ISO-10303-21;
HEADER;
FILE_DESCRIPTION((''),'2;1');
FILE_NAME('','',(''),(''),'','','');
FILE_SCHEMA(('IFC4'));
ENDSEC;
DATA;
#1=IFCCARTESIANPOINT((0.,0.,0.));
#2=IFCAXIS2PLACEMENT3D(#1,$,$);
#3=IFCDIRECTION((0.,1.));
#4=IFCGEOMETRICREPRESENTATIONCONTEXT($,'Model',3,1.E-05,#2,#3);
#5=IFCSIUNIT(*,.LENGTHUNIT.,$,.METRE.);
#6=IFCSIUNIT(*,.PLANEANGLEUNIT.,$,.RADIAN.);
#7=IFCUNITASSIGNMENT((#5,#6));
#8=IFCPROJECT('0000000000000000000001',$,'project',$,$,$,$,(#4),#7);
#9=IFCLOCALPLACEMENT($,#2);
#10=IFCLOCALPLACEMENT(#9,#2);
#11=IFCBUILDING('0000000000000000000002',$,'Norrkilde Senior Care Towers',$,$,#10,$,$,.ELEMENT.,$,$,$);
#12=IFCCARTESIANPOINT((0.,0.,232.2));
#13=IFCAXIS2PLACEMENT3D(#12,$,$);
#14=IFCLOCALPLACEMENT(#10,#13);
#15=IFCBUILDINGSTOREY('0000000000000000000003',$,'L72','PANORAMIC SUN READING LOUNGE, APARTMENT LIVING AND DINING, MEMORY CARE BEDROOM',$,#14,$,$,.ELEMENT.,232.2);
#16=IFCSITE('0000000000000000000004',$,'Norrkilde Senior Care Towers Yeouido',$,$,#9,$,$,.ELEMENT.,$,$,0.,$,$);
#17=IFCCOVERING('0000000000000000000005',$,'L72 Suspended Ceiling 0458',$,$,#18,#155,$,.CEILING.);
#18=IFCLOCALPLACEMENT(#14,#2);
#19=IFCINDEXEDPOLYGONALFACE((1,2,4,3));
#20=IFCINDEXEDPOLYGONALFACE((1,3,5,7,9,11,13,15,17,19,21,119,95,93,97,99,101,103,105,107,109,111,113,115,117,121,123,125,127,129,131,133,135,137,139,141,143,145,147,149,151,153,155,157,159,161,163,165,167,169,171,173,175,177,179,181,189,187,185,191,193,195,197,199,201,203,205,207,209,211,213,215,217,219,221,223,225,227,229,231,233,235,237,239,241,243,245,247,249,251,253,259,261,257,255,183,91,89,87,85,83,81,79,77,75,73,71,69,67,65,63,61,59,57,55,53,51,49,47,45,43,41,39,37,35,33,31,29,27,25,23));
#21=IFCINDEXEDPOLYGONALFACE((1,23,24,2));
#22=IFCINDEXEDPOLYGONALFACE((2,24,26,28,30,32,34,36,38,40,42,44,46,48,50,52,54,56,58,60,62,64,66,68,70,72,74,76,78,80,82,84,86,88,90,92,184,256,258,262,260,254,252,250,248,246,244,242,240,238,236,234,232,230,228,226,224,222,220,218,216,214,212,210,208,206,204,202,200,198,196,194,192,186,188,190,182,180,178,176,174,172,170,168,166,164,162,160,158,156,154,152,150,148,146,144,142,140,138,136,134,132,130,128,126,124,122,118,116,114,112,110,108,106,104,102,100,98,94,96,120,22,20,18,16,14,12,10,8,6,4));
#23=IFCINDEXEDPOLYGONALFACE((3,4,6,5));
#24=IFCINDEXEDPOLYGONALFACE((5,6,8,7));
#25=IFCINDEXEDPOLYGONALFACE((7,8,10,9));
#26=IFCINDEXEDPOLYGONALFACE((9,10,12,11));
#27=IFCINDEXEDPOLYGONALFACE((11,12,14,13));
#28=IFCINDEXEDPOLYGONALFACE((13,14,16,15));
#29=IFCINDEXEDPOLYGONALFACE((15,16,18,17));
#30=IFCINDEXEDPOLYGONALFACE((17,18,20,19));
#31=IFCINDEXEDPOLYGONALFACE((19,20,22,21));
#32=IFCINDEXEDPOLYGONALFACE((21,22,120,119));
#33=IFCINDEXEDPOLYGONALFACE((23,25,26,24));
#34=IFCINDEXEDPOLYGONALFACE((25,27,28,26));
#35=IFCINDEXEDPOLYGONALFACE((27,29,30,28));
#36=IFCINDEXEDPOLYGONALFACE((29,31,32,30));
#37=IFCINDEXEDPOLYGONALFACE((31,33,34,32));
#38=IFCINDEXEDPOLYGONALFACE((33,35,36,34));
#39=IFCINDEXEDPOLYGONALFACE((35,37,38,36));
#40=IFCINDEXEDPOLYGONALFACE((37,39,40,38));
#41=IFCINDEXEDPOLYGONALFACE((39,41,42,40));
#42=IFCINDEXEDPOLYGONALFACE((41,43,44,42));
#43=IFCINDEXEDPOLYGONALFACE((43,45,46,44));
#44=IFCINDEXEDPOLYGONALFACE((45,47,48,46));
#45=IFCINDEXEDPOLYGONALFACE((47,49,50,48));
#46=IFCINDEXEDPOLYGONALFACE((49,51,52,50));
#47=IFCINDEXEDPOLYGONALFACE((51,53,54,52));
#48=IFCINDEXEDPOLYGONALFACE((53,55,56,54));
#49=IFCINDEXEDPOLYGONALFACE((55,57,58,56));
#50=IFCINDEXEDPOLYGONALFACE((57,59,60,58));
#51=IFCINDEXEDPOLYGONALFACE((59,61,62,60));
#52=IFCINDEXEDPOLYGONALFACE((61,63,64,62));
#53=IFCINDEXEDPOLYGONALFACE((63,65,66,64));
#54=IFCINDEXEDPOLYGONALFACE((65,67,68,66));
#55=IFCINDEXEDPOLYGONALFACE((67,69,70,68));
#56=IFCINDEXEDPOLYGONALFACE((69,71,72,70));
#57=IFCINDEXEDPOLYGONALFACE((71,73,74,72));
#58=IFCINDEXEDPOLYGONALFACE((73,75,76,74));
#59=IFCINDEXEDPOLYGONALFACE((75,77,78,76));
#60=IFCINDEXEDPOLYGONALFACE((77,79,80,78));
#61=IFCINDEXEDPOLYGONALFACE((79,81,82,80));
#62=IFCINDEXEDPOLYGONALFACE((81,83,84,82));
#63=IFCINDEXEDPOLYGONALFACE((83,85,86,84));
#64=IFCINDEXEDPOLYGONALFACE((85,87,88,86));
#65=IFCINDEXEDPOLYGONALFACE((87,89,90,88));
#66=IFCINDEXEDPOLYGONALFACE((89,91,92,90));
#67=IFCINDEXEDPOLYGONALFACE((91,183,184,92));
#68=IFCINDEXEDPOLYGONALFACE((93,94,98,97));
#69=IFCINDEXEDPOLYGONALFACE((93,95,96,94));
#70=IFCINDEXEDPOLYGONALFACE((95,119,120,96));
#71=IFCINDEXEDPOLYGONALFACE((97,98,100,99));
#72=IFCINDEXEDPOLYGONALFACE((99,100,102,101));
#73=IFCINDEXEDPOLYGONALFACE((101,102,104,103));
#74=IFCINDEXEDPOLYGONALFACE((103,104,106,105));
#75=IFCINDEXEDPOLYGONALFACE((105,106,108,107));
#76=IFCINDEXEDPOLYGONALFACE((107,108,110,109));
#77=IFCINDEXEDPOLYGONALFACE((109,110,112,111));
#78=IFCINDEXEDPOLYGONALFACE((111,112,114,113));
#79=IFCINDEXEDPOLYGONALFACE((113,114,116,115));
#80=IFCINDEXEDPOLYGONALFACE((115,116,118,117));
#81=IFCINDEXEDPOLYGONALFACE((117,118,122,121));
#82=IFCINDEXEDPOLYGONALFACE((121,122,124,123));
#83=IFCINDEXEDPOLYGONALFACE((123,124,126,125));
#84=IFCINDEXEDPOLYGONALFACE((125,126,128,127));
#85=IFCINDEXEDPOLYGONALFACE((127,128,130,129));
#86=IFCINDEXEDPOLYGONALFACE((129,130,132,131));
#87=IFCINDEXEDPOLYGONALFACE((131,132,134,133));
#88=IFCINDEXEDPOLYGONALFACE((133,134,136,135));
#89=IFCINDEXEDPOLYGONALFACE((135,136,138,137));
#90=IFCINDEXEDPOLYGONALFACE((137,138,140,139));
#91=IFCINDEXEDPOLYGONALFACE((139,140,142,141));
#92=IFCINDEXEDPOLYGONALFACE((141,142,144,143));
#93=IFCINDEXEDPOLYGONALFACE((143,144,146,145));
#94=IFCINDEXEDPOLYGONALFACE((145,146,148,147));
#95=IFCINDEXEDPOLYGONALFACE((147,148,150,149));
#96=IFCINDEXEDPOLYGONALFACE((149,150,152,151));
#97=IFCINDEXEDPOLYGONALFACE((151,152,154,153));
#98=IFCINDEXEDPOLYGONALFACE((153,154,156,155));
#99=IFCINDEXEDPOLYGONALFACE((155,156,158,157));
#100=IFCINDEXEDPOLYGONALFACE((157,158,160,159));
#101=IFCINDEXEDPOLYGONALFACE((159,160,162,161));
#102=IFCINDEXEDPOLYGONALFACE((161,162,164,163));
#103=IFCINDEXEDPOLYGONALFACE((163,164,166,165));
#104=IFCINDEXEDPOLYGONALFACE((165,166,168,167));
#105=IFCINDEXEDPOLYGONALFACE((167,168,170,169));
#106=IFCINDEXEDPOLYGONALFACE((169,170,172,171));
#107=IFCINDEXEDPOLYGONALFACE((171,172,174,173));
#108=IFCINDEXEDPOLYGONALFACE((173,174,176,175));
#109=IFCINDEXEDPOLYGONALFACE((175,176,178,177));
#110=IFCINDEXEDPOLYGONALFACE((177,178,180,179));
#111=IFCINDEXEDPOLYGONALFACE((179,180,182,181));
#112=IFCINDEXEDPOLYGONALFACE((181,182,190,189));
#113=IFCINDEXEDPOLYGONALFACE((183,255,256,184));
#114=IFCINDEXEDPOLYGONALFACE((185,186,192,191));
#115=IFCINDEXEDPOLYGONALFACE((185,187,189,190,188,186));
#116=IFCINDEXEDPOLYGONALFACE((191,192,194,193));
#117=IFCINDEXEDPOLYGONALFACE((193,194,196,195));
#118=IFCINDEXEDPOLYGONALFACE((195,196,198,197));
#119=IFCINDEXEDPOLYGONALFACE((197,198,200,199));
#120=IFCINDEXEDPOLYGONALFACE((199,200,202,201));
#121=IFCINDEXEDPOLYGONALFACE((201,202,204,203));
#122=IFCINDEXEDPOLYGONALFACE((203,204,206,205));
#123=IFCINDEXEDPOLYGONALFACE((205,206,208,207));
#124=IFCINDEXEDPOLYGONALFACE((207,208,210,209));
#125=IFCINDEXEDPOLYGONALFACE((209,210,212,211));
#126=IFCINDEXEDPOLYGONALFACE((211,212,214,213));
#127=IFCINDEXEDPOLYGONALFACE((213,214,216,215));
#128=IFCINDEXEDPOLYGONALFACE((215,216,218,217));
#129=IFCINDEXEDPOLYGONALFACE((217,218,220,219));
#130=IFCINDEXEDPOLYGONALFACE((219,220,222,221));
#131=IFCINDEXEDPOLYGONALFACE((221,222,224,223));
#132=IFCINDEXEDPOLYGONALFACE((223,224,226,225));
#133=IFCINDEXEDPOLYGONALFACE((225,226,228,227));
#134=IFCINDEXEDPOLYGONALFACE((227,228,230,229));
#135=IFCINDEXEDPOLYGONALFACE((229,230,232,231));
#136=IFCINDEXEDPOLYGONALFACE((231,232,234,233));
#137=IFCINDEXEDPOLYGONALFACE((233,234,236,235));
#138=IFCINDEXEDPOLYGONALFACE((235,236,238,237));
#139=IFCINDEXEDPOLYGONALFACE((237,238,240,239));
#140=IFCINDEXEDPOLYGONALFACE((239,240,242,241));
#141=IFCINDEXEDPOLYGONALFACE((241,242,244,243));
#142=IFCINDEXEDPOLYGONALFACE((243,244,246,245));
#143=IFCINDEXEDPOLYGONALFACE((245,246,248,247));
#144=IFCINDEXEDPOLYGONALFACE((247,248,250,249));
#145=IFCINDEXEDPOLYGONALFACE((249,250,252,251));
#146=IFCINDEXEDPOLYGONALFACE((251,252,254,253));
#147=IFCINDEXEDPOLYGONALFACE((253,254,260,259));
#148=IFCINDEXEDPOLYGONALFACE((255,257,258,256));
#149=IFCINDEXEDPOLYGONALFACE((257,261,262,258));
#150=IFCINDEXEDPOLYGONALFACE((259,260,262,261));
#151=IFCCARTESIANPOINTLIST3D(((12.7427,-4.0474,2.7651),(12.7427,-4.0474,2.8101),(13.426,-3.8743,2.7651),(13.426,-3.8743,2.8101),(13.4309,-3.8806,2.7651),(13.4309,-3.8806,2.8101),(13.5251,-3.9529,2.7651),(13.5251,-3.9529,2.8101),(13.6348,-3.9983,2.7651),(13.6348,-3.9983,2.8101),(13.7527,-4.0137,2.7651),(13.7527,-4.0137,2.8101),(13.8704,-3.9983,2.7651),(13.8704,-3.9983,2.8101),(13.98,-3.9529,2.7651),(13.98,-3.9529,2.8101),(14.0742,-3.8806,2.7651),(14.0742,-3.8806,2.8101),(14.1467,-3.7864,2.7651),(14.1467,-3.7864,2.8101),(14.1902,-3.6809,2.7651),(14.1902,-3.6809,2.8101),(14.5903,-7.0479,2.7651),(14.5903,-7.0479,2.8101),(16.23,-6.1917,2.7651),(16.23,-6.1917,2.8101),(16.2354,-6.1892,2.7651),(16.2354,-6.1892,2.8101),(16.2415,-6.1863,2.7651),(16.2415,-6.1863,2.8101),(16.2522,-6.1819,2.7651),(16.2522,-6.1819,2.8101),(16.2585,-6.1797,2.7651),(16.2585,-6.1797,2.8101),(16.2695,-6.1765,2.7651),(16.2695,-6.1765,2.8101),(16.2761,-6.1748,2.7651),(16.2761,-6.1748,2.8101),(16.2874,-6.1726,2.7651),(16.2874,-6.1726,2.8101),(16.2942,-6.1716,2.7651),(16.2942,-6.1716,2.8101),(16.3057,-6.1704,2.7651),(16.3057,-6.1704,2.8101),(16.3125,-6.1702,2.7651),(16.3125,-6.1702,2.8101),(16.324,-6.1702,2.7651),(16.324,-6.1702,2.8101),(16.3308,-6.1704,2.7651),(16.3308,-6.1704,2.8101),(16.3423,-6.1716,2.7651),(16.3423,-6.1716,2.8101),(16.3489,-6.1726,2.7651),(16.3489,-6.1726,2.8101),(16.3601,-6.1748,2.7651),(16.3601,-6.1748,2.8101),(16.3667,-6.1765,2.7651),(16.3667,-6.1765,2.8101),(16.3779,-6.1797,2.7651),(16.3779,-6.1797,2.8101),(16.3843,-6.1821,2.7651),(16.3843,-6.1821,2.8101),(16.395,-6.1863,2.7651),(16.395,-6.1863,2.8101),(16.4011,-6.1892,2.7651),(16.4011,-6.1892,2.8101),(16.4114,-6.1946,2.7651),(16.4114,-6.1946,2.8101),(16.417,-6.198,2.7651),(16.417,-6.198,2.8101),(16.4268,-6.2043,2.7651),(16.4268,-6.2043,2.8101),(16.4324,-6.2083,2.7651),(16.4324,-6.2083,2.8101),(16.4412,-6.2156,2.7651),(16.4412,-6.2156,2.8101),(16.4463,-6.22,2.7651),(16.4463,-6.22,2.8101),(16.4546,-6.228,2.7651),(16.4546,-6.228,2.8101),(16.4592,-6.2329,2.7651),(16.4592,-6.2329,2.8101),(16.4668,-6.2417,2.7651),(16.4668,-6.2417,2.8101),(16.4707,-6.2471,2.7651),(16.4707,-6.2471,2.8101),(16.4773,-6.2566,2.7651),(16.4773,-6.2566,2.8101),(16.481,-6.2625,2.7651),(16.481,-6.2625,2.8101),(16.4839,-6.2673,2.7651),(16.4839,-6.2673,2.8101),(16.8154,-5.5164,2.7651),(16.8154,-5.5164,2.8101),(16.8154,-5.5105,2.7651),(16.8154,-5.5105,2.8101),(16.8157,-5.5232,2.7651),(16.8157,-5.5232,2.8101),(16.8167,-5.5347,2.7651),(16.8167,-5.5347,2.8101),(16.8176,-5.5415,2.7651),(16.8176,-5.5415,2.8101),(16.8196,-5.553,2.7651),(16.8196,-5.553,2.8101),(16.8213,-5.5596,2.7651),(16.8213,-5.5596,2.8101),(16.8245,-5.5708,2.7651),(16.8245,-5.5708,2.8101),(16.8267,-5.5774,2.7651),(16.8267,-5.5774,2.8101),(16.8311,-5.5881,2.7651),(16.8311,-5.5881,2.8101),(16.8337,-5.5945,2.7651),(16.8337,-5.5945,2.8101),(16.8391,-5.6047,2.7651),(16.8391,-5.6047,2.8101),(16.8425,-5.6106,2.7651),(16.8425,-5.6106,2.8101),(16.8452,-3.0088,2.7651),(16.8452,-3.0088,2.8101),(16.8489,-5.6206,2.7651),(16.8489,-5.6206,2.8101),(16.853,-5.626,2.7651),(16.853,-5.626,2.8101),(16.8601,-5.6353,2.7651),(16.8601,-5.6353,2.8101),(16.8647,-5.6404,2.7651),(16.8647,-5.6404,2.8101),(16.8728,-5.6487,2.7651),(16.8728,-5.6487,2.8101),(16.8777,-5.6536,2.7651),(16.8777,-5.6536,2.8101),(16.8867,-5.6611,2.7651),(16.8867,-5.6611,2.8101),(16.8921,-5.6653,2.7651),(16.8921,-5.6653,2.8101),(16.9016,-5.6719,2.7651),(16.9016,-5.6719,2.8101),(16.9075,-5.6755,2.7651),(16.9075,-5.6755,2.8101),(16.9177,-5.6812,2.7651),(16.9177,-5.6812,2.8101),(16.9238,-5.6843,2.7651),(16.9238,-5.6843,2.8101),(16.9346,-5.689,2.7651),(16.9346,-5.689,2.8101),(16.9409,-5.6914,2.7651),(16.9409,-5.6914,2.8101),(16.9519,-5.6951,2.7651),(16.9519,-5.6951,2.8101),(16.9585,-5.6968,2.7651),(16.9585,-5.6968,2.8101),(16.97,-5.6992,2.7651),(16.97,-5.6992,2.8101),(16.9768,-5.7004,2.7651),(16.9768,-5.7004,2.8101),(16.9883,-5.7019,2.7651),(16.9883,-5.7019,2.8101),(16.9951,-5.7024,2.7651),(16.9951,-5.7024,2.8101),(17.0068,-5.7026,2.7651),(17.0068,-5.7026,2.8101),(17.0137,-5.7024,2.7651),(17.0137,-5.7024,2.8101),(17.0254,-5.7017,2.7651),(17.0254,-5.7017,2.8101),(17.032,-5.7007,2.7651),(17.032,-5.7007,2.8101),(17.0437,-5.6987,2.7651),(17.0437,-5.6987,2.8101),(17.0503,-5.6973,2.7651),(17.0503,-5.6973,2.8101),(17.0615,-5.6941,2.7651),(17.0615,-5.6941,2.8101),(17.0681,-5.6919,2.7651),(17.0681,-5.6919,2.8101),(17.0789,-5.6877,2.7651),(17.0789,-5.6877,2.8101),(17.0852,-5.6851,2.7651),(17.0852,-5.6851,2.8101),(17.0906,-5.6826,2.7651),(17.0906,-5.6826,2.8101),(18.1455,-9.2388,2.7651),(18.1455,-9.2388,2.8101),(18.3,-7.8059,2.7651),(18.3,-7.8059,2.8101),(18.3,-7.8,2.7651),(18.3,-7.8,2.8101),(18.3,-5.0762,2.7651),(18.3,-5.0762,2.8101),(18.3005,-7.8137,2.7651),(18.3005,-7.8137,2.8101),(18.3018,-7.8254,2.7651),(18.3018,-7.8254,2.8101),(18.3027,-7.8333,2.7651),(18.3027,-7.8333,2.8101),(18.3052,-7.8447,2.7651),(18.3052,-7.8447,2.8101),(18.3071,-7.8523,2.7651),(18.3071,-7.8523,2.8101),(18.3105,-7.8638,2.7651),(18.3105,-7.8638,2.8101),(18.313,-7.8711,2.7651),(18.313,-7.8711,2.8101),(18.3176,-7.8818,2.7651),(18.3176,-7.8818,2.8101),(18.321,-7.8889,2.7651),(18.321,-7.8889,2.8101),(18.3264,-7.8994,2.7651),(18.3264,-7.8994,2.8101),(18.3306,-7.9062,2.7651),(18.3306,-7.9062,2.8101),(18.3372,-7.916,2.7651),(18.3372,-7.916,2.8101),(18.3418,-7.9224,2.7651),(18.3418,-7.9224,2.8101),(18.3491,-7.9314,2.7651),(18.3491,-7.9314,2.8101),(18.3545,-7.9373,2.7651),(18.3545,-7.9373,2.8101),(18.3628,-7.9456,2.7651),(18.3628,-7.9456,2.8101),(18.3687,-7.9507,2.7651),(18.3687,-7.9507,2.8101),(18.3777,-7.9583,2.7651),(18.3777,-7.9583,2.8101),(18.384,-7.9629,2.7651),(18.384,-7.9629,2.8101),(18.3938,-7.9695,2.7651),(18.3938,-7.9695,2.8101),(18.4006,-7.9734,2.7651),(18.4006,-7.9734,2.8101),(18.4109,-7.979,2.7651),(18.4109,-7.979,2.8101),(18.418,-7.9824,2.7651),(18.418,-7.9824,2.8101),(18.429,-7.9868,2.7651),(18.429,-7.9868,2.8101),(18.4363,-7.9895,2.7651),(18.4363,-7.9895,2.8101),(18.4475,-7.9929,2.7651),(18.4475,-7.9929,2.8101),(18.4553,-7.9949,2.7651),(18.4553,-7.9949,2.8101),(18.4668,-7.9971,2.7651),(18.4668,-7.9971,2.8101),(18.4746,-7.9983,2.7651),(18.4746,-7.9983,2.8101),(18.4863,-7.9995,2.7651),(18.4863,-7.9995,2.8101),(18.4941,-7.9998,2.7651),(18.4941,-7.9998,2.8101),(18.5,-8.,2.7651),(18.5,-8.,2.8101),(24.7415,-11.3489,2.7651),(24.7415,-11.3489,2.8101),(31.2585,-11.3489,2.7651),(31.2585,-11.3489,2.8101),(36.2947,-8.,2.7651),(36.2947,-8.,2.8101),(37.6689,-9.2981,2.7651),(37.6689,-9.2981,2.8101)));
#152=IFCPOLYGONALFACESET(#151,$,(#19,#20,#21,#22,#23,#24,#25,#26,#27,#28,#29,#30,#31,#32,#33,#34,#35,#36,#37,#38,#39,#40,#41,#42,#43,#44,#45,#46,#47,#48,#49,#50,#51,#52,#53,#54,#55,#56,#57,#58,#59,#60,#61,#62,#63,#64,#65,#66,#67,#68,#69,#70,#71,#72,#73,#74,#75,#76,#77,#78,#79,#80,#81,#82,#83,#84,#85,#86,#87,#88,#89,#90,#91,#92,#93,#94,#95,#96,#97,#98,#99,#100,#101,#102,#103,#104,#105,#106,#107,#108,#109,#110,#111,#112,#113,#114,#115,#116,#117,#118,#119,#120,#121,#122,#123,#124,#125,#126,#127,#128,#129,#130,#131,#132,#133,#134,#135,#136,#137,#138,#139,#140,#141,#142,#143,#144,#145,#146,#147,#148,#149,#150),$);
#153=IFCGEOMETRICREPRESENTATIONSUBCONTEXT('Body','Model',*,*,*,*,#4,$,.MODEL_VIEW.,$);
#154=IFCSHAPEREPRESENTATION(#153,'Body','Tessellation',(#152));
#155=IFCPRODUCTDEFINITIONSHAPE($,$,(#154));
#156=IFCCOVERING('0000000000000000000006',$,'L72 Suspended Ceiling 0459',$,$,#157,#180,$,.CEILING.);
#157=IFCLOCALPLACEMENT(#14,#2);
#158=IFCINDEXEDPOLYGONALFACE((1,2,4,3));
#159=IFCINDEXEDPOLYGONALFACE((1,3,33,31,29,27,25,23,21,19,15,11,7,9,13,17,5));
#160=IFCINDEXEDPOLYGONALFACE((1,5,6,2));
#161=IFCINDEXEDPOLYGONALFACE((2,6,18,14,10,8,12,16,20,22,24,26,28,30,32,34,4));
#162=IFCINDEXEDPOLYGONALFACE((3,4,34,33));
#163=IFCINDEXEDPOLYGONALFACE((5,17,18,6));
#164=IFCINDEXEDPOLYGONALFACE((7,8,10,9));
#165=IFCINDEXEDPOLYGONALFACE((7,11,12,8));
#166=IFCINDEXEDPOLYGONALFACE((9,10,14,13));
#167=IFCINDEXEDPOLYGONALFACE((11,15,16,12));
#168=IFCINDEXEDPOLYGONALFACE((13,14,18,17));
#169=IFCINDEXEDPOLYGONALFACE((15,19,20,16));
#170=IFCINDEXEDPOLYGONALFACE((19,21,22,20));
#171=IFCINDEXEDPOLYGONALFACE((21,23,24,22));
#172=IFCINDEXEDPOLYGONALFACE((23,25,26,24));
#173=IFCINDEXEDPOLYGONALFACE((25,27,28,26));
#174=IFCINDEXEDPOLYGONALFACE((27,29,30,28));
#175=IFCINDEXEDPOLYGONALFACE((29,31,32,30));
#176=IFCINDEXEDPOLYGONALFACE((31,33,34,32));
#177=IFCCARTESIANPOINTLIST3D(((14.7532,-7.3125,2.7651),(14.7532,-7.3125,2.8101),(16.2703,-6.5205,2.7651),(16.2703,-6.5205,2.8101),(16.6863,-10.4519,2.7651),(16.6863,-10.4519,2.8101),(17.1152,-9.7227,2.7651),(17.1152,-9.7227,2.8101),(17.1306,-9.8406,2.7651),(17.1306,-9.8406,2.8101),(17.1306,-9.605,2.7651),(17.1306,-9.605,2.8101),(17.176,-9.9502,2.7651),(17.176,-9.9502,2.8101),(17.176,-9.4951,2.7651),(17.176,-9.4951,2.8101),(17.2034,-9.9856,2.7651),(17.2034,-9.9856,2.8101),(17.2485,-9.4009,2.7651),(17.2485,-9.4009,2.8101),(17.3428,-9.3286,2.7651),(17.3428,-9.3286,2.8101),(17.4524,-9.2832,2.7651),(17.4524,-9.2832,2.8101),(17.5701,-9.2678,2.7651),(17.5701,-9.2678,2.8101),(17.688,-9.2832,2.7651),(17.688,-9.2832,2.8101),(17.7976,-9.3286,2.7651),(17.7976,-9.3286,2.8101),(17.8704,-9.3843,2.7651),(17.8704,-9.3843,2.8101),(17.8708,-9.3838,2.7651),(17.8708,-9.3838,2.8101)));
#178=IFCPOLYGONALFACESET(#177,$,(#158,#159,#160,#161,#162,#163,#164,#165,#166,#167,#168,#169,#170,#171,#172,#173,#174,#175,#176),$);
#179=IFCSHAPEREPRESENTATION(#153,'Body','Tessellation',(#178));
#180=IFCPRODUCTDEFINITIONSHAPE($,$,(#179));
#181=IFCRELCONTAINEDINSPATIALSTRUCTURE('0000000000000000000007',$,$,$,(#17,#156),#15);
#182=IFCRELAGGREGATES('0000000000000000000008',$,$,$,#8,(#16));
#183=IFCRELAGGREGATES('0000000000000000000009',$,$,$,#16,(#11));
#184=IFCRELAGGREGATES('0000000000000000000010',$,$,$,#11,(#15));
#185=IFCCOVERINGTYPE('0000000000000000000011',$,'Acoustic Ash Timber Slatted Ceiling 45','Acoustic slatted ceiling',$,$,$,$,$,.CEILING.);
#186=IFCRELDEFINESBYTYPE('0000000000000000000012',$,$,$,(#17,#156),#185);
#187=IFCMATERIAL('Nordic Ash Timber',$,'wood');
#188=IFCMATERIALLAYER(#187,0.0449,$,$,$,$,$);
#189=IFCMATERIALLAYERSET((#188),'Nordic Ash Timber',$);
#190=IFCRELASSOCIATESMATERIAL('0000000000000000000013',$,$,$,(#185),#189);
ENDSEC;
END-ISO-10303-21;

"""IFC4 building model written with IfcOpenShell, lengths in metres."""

from ifc_helpers import new_model, si_unit, direction, frame, origin, place, context, subcontext, project, spatial, polyline, outline, extrude, material, layer, layer_set, type_object, element, save


model = new_model("IFC4")

# Units and contexts
model_context = context("Model", 3, precision=1e-05, world=origin(), true_north=direction((0.0, 1.0)))
body_context = subcontext(model_context, "Body", "Model", "MODEL_VIEW")
ifc_project = project(units=[si_unit("LENGTHUNIT", "METRE"), si_unit("PLANEANGLEUNIT", "RADIAN")], contexts=[model_context])

# Site, building, storey
site_placement = place(None, origin())
site = spatial("IfcSite", under=ifc_project, at=site_placement, Name="Norrkilde Senior Care Towers Yeouido", CompositionType="ELEMENT", RefElevation=0.0)
building_placement = place(site_placement, origin())
building = spatial("IfcBuilding", under=site, at=building_placement, Name="Norrkilde Senior Care Towers", CompositionType="ELEMENT")
storey_placement = place(building_placement, frame((0.0, 0.0, 232.2)))
storey = spatial("IfcBuildingStorey", under=building, at=storey_placement, Name="L72", Description="PANORAMIC SUN READING LOUNGE, APARTMENT LIVING AND DINING, MEMORY CARE BEDROOM", CompositionType="ELEMENT", Elevation=232.2)

# Shared definitions
ifc_material_1 = material(Name="Nordic Ash Timber", Category="wood")

# Coverings
ifc_layer_1 = layer(ifc_material_1, 0.0449)
ifc_layer_set_1 = layer_set([ifc_layer_1], Name="Nordic Ash Timber")
covering_type_1 = type_object("IfcCoveringType", Name="Acoustic Ash Timber Slatted Ceiling 45", Description="Acoustic slatted ceiling", PredefinedType="CEILING", material=ifc_layer_set_1)
covering_1_placement = place(storey_placement, frame((0.0, 0.0, 2.7651)))
element("IfcCovering", 1, at=covering_1_placement, inside=storey, type_object=covering_type_1, Name="L72 Suspended Ceiling 0458", PredefinedType="CEILING", context=body_context, shape_type="SweptSolid", body=[
    extrude(outline(polyline([(16.8176, -5.5415), (16.8196, -5.553), (16.8213, -5.5596), (16.8245, -5.5708), (16.8267, -5.5774), (16.8311, -5.5881), (16.8337, -5.5945), (16.8391, -5.6047), (16.8425, -5.6106), (16.8489, -5.6206), (16.853, -5.626), (16.8601, -5.6353), (16.8647, -5.6404), (16.8728, -5.6487), (16.8777, -5.6536), (16.8867, -5.6611), (16.8921, -5.6653), (16.9016, -5.6719), (16.9075, -5.6755), (16.9177, -5.6812), (16.9238, -5.6843), (16.9346, -5.689), (16.9409, -5.6914), (16.9519, -5.6951), (16.9585, -5.6968), (16.97, -5.6992), (16.9768, -5.7004), (16.9883, -5.7019), (16.9951, -5.7024), (17.0068, -5.7026), (17.0137, -5.7024), (17.0254, -5.7017), (17.032, -5.7007), (17.0437, -5.6987), (17.0503, -5.6973), (17.0615, -5.6941), (17.0681, -5.6919), (17.0789, -5.6877), (17.0852, -5.6851), (17.0906, -5.6826), (18.3, -5.0762), (18.3, -7.8), (18.3, -7.8059), (18.3005, -7.8137), (18.3018, -7.8254), (18.3027, -7.8333), (18.3052, -7.8447), (18.3071, -7.8523), (18.3105, -7.8638), (18.313, -7.8711), (18.3176, -7.8818), (18.321, -7.8889), (18.3264, -7.8994), (18.3306, -7.9062), (18.3372, -7.916), (18.3418, -7.9224), (18.3491, -7.9314), (18.3545, -7.9373), (18.3628, -7.9456), (18.3687, -7.9507), (18.3777, -7.9583), (18.384, -7.9629), (18.3938, -7.9695), (18.4006, -7.9734), (18.4109, -7.979), (18.418, -7.9824), (18.429, -7.9868), (18.4363, -7.9895), (18.4475, -7.9929), (18.4553, -7.9949), (18.4668, -7.9971), (18.4746, -7.9983), (18.4863, -7.9995), (18.4941, -7.9998), (18.5, -8.0), (36.2947, -8.0), (37.6689, -9.2981), (31.2585, -11.3489), (24.7415, -11.3489), (18.1455, -9.2388), (16.4839, -6.2673), (16.481, -6.2625), (16.4773, -6.2566), (16.4707, -6.2471), (16.4668, -6.2417), (16.4592, -6.2329), (16.4546, -6.228), (16.4463, -6.22), (16.4412, -6.2156), (16.4324, -6.2083), (16.4268, -6.2043), (16.417, -6.198), (16.4114, -6.1946), (16.4011, -6.1892), (16.395, -6.1863), (16.3843, -6.1821), (16.3779, -6.1797), (16.3667, -6.1765), (16.3601, -6.1748), (16.3489, -6.1726), (16.3423, -6.1716), (16.3308, -6.1704), (16.324, -6.1702), (16.3125, -6.1702), (16.3057, -6.1704), (16.2942, -6.1716), (16.2874, -6.1726), (16.2761, -6.1748), (16.2695, -6.1765), (16.2585, -6.1797), (16.2522, -6.1819), (16.2415, -6.1863), (16.2354, -6.1892), (16.23, -6.1917), (14.5903, -7.0479), (12.7427, -4.0474), (13.426, -3.8743), (13.4309, -3.8806), (13.5251, -3.9529), (13.6348, -3.9983), (13.7527, -4.0137), (13.8704, -3.9983), (13.98, -3.9529), (14.0742, -3.8806), (14.1467, -3.7864), (14.1902, -3.6809), (16.8452, -3.0088), (16.8154, -5.5105), (16.8154, -5.5164), (16.8157, -5.5232), (16.8167, -5.5347), (16.8176, -5.5415)])), origin(), (0.0, 0.0, 1.0), 0.0449),
])
covering_2_placement = place(storey_placement, frame((0.0, 0.0, 2.7651)))
element("IfcCovering", 2, at=covering_2_placement, inside=storey, type_object=covering_type_1, Name="L72 Suspended Ceiling 0459", PredefinedType="CEILING", context=body_context, shape_type="SweptSolid", body=[
    extrude(outline(polyline([(17.8704, -9.3843), (17.7976, -9.3286), (17.688, -9.2832), (17.5701, -9.2678), (17.4524, -9.2832), (17.3428, -9.3286), (17.2485, -9.4009), (17.176, -9.4951), (17.1306, -9.605), (17.1152, -9.7227), (17.1306, -9.8406), (17.176, -9.9502), (17.2034, -9.9856), (16.6863, -10.4519), (14.7532, -7.3125), (16.2703, -6.5205), (17.8708, -9.3838), (17.8704, -9.3843)])), origin(), (0.0, 0.0, 1.0), 0.0449),
])

save(model, "model.ifc")
